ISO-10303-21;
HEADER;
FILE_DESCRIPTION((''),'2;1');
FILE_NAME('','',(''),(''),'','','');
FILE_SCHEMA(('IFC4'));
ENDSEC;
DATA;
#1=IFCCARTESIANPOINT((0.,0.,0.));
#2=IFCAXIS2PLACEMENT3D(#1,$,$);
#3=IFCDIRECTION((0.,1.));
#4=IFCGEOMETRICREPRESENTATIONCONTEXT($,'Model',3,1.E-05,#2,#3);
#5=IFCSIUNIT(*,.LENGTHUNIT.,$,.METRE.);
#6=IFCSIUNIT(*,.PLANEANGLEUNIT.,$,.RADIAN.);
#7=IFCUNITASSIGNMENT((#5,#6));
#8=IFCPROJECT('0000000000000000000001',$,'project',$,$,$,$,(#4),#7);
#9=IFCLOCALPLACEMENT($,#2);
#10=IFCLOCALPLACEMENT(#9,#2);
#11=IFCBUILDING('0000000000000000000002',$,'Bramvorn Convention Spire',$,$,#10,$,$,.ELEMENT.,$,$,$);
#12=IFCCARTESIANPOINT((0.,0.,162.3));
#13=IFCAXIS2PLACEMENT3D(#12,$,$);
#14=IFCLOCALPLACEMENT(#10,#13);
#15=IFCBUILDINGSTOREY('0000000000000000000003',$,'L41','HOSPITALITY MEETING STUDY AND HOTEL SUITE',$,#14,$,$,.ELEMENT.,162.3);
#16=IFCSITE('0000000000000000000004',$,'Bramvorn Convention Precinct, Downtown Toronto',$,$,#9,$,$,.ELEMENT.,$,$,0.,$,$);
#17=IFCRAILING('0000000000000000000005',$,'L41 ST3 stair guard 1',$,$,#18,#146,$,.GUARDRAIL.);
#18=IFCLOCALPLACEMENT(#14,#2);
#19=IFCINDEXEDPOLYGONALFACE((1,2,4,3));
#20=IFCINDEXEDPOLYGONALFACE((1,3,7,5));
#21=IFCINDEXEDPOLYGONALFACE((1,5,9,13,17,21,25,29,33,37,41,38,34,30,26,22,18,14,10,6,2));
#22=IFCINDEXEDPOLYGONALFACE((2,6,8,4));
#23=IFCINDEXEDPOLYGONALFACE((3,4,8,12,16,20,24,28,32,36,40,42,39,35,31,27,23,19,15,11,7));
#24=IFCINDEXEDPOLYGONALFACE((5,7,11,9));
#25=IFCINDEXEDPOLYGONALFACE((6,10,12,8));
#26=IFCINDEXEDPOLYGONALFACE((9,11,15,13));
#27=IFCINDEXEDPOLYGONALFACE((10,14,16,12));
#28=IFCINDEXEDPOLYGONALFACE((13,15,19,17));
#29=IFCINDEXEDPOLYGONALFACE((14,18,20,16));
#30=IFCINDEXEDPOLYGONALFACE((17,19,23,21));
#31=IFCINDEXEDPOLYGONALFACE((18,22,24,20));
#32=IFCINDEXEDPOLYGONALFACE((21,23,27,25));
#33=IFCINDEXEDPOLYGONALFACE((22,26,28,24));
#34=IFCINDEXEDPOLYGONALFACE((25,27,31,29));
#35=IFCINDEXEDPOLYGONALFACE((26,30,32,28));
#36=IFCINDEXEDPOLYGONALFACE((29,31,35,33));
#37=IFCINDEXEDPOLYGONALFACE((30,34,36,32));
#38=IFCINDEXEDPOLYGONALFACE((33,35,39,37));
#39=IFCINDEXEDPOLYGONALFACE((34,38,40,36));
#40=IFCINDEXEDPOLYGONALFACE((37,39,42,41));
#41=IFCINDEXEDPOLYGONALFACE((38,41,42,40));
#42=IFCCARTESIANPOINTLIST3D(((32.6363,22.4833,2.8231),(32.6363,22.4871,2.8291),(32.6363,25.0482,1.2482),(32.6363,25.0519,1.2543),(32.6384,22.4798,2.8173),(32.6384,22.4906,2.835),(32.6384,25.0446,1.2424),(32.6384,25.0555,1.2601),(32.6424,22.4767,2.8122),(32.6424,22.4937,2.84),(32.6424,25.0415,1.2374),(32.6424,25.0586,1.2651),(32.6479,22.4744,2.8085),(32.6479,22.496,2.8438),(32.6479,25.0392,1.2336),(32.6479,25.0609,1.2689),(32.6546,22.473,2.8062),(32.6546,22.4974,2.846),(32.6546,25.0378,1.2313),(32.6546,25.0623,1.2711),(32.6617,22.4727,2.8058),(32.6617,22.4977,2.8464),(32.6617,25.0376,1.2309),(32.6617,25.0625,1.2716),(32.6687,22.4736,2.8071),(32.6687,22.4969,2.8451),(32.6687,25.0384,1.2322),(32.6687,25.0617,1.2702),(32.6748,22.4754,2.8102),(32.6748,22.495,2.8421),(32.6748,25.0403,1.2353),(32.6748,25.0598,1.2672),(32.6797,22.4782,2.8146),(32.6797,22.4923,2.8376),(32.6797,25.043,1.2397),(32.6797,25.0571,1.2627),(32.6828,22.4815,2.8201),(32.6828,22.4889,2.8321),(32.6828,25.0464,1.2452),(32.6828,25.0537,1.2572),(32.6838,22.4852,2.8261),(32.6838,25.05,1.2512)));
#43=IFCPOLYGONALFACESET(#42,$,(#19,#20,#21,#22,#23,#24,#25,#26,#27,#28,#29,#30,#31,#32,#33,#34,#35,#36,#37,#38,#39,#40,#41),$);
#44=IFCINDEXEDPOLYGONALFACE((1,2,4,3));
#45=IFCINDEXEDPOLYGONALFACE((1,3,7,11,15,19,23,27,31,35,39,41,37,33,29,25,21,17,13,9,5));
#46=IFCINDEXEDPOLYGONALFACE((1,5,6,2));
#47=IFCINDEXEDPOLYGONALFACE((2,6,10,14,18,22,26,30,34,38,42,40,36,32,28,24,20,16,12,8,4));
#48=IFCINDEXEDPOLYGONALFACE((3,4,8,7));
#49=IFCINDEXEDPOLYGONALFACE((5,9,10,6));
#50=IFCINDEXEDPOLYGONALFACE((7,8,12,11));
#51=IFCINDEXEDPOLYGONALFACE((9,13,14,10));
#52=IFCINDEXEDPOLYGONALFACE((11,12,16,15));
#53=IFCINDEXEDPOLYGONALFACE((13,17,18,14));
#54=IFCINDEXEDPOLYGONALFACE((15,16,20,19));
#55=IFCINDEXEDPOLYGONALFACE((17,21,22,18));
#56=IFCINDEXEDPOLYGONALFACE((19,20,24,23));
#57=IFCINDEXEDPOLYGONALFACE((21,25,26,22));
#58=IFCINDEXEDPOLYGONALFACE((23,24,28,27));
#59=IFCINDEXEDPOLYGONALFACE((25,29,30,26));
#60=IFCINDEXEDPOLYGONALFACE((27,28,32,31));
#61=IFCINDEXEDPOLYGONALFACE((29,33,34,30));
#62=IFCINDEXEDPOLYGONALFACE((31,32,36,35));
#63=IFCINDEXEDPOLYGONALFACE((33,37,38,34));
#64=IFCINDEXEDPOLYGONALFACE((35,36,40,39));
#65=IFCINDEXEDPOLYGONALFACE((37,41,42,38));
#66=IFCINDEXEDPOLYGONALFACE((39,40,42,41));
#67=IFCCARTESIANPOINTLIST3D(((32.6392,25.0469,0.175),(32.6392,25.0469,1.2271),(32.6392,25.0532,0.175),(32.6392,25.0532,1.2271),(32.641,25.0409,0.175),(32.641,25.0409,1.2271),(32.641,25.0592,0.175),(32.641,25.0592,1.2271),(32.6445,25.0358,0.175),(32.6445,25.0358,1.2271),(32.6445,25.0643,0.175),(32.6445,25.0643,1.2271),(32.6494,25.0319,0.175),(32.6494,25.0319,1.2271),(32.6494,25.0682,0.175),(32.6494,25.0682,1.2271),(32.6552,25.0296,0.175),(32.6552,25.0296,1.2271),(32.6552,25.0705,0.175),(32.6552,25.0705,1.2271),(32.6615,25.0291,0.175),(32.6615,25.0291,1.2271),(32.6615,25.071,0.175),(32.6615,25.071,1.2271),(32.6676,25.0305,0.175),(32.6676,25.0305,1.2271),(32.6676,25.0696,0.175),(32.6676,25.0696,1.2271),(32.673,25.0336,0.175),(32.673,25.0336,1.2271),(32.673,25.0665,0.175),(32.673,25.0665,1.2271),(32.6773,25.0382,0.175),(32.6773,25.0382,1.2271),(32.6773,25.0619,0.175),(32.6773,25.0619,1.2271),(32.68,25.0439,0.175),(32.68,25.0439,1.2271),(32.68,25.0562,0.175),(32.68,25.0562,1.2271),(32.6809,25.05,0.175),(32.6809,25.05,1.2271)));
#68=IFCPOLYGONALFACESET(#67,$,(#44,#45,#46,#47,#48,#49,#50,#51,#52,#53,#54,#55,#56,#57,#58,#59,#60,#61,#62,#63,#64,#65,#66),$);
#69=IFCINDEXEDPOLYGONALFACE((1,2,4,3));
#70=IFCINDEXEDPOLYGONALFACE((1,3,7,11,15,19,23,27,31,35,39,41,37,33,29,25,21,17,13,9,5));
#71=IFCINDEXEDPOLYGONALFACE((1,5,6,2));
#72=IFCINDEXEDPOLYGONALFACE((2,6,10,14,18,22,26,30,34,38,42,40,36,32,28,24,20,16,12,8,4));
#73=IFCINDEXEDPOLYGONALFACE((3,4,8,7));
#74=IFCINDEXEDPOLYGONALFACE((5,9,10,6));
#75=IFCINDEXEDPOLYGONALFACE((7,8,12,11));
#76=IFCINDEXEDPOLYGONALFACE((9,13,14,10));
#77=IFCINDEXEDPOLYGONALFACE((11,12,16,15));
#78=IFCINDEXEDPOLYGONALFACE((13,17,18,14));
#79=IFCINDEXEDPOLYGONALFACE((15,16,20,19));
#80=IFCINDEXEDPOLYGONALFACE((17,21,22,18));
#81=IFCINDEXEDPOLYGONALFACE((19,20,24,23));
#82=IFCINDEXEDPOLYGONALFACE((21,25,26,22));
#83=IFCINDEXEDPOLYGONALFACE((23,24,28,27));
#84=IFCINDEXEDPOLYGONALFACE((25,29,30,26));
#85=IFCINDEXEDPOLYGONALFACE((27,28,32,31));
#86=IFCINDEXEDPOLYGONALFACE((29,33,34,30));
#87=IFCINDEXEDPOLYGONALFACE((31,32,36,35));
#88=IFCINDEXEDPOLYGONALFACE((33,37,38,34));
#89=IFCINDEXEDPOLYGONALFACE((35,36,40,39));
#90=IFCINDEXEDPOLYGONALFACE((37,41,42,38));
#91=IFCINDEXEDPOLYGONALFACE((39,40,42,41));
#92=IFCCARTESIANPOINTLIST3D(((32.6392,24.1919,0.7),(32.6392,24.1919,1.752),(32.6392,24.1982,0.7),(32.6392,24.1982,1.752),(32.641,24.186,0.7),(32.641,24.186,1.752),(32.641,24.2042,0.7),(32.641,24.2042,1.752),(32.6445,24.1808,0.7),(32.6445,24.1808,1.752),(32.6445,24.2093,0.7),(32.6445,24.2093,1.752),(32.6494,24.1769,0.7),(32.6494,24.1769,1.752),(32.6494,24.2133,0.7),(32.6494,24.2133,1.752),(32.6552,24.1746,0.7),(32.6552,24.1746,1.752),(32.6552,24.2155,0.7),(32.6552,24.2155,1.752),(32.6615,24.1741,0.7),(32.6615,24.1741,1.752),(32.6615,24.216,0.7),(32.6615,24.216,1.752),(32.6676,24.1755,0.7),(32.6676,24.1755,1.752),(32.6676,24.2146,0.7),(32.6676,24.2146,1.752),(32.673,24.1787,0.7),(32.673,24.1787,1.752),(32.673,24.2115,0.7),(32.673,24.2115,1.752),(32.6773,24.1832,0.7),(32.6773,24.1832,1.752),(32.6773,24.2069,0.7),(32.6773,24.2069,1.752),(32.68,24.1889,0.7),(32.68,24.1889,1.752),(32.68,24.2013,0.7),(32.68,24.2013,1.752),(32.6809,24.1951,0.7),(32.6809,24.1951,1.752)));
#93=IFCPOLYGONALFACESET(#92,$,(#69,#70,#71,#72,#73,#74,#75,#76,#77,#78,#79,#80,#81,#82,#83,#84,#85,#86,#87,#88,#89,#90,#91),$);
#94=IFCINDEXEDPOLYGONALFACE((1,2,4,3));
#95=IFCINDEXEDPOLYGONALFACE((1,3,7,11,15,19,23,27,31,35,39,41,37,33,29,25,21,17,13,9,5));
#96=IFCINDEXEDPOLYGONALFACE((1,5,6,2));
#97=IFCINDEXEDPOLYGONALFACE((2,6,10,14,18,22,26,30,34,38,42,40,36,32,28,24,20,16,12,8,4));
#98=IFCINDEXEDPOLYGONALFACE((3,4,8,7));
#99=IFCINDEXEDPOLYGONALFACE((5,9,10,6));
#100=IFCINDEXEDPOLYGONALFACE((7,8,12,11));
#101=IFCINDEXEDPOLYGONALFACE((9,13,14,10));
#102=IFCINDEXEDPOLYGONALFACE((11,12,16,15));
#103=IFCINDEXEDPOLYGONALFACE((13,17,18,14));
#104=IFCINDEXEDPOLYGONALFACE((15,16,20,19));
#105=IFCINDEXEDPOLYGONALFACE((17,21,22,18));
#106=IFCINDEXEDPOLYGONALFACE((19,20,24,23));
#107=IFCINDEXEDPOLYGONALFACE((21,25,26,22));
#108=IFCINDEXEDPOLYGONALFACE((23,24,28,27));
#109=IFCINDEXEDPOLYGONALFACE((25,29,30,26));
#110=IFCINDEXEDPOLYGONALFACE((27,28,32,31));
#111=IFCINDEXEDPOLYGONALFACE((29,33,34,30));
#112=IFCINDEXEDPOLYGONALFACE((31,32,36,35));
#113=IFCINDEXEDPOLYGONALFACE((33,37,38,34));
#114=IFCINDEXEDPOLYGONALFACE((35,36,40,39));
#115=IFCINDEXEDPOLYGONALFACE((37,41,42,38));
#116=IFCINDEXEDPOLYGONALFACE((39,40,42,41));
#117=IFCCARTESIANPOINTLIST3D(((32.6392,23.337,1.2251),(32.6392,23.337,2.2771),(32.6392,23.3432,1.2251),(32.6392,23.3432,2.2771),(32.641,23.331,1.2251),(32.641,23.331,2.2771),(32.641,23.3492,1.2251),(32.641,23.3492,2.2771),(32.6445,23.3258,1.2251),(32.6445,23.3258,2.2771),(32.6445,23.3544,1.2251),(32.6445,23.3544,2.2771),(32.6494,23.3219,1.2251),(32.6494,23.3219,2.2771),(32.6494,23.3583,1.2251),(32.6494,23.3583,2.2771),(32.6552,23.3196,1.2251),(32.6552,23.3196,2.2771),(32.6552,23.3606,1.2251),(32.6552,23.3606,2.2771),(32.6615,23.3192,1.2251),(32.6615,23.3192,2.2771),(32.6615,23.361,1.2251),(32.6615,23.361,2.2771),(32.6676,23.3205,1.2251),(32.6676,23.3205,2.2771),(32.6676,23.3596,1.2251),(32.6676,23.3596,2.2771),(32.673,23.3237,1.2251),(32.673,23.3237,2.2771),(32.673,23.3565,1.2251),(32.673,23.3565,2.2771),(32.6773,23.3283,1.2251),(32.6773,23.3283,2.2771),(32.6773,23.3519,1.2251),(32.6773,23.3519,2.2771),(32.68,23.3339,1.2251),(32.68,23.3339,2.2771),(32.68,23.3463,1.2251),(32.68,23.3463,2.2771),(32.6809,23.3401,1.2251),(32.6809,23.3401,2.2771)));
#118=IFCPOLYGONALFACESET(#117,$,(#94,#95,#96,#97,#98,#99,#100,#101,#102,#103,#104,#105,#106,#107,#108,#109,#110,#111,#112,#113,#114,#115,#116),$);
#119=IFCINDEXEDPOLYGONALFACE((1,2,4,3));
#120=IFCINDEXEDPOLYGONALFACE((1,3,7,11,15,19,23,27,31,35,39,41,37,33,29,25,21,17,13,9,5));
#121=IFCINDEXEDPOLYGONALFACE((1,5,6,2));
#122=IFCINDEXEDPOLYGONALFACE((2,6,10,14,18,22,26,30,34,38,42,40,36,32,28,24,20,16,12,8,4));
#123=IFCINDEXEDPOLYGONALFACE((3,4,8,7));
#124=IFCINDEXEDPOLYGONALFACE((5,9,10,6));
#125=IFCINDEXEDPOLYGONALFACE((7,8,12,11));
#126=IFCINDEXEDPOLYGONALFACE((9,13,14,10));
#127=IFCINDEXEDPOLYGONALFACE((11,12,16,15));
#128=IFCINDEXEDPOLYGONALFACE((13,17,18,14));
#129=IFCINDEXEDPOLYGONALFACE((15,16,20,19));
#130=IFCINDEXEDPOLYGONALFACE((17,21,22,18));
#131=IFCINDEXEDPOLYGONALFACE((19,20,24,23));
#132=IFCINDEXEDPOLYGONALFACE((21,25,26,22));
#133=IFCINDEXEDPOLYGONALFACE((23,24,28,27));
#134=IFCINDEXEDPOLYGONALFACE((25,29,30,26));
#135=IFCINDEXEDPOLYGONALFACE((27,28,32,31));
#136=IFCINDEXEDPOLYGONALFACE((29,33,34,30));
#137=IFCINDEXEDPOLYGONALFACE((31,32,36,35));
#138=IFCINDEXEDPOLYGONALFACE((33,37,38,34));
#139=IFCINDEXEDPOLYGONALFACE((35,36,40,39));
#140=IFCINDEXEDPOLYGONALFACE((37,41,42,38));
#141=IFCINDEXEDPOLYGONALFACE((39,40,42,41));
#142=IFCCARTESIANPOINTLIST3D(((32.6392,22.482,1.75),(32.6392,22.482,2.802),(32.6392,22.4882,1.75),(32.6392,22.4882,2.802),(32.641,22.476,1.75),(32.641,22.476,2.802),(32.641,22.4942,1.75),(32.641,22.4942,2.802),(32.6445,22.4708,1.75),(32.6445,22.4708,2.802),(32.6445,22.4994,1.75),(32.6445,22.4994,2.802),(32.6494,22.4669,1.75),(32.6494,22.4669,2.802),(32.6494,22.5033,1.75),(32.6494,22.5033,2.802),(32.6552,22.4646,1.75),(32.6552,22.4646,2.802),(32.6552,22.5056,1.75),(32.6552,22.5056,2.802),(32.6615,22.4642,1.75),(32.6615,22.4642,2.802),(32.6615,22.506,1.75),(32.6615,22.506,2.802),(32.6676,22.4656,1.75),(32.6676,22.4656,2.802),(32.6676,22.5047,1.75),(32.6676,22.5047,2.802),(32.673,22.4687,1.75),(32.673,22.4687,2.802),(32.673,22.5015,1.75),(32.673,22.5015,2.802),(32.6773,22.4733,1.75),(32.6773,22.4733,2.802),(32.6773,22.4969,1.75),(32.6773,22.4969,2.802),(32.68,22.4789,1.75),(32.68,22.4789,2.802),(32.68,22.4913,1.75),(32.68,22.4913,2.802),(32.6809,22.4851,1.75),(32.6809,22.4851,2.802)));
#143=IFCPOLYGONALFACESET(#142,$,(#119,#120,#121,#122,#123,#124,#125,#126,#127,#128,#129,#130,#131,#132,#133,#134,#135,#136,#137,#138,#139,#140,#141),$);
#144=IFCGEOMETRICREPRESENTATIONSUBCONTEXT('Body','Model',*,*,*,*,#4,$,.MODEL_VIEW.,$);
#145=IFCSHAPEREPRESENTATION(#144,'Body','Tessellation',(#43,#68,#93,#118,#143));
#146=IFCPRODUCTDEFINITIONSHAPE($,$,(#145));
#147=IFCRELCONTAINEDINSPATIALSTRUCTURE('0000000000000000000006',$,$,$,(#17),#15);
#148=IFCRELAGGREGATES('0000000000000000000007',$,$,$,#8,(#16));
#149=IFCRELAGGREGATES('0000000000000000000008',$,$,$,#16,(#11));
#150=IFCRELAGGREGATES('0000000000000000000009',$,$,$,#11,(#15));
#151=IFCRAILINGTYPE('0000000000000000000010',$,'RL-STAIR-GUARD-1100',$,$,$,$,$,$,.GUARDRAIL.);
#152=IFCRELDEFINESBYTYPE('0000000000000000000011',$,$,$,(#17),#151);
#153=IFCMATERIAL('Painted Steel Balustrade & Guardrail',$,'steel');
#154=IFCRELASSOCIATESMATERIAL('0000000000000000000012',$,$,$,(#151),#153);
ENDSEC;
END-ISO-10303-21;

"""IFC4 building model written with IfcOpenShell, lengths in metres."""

from ifc_helpers import new_model, si_unit, direction, frame, origin, origin_2d, place, context, subcontext, project, spatial, circle, extrude, material, type_object, element, save


model = new_model("IFC4")

# Units and contexts
model_context = context("Model", 3, precision=1e-05, world=origin(), true_north=direction((0.0, 1.0)))
body_context = subcontext(model_context, "Body", "Model", "MODEL_VIEW")
ifc_project = project(units=[si_unit("LENGTHUNIT", "METRE"), si_unit("PLANEANGLEUNIT", "RADIAN")], contexts=[model_context])

# Site, building, storey
site_placement = place(None, origin())
site = spatial("IfcSite", under=ifc_project, at=site_placement, Name="Bramvorn Convention Precinct, Downtown Toronto", CompositionType="ELEMENT", RefElevation=0.0)
building_placement = place(site_placement, origin())
building = spatial("IfcBuilding", under=site, at=building_placement, Name="Bramvorn Convention Spire", CompositionType="ELEMENT")
storey_placement = place(building_placement, frame((0.0, 0.0, 162.3)))
storey = spatial("IfcBuildingStorey", under=building, at=storey_placement, Name="L41", Description="HOSPITALITY MEETING STUDY AND HOTEL SUITE", CompositionType="ELEMENT", Elevation=162.3)

# Railing
ifc_material_1 = material(Name="Painted Steel Balustrade & Guardrail", Category="steel")
railing_type_1 = type_object("IfcRailingType", Name="RL-STAIR-GUARD-1100", PredefinedType="GUARDRAIL", material=ifc_material_1)
railing_1_placement = place(storey_placement, frame((32.6599, 25.05, 0.175)))
element("IfcRailing", 1, at=railing_1_placement, inside=storey, type_object=railing_type_1, Name="L41 ST3 stair guard 1", PredefinedType="GUARDRAIL", context=body_context, shape_type="SweptSolid", body=[
    extrude(circle(Radius=0.0239, at=origin_2d()), frame((0.0, 0.0, 1.0762), z_axis=(0.0, -0.852173, 0.52326), x_axis=(1.0, 0.0, 0.0)), (0.0, 0.0, 1.0), 3.0098),
    extrude(circle(Radius=0.021, at=origin_2d()), origin(), (0.0, 0.0, 1.0), 1.052),
    extrude(circle(Radius=0.021, at=origin_2d()), frame((0.0, -0.855, 0.5249)), (0.0, 0.0, 1.0), 1.052),
    extrude(circle(Radius=0.021, at=origin_2d()), frame((0.0, -1.71, 1.05)), (0.0, 0.0, 1.0), 1.052),
    extrude(circle(Radius=0.021, at=origin_2d()), frame((0.0, -2.5649, 1.575)), (0.0, 0.0, 1.0), 1.052),
])

save(model, "model.ifc")
